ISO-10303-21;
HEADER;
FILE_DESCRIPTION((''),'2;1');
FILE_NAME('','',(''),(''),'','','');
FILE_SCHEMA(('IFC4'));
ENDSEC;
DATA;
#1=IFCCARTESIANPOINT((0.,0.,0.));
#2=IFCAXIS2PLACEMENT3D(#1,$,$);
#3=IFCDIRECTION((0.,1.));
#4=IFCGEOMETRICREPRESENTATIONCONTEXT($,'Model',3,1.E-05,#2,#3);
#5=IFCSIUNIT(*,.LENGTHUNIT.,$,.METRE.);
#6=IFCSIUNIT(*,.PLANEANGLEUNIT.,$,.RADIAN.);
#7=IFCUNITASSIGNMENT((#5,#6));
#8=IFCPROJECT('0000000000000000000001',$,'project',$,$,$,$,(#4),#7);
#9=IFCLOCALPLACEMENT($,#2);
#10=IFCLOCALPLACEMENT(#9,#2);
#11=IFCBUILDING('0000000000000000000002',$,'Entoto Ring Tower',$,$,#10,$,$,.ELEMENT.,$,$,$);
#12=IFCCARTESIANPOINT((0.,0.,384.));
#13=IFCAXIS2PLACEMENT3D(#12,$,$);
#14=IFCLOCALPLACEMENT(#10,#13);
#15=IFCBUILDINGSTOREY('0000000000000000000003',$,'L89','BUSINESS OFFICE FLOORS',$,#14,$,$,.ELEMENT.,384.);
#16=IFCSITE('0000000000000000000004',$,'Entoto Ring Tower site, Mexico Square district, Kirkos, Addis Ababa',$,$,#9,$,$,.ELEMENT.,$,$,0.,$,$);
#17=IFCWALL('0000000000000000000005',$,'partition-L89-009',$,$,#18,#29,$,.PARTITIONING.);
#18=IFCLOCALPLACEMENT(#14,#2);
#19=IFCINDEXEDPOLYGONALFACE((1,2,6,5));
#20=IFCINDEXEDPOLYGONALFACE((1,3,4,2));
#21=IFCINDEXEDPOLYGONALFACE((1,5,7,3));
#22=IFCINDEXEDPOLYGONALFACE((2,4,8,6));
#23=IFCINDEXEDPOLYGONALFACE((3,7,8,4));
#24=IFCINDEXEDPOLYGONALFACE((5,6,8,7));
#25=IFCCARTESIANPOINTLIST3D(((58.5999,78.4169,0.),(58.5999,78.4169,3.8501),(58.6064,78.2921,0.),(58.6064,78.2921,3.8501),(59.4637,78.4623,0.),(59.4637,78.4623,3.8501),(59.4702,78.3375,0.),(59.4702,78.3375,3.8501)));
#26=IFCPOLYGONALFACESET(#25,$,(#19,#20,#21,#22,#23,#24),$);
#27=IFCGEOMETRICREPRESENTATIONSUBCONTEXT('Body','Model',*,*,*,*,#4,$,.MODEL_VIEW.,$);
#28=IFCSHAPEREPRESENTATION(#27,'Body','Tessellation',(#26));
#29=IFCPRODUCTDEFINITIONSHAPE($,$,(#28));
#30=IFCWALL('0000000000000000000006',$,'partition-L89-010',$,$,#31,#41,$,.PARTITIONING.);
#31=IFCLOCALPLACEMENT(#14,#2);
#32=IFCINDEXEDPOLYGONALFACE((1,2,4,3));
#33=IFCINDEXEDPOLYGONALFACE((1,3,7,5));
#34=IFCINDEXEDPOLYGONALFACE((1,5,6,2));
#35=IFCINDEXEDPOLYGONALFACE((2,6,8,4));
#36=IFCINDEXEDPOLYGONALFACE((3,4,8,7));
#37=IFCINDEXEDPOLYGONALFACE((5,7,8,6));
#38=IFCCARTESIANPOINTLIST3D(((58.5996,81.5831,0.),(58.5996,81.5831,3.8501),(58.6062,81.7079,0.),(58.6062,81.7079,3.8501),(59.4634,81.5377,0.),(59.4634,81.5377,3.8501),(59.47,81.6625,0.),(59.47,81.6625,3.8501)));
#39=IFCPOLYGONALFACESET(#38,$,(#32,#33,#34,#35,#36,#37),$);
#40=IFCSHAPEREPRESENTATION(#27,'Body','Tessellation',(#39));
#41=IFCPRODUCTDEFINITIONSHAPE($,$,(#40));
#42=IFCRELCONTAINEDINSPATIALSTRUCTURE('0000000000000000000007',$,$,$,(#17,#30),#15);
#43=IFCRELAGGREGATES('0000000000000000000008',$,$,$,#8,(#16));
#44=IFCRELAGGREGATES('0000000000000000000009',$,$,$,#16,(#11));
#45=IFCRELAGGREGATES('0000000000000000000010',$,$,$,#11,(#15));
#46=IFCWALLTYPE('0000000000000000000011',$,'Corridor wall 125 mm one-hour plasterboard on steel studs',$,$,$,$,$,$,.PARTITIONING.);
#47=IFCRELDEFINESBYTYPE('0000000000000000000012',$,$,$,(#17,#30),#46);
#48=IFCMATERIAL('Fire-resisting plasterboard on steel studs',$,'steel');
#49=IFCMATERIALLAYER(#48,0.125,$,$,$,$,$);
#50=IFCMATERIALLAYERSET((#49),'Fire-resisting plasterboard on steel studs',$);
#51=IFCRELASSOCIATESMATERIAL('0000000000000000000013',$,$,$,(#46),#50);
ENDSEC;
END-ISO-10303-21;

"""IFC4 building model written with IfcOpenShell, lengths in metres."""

from ifc_helpers import new_model, si_unit, direction, frame, frame_2d, origin, place, context, subcontext, project, spatial, rectangle, extrude, material, layer, layer_set, type_object, element, save


model = new_model("IFC4")

# Units and contexts
model_context = context("Model", 3, precision=1e-05, world=origin(), true_north=direction((0.0, 1.0)))
body_context = subcontext(model_context, "Body", "Model", "MODEL_VIEW")
ifc_project = project(units=[si_unit("LENGTHUNIT", "METRE"), si_unit("PLANEANGLEUNIT", "RADIAN")], contexts=[model_context])

# Site, building, storey
site_placement = place(None, origin())
site = spatial("IfcSite", under=ifc_project, at=site_placement, Name="Entoto Ring Tower site, Mexico Square district, Kirkos, Addis Ababa", CompositionType="ELEMENT", RefElevation=0.0)
building_placement = place(site_placement, origin())
building = spatial("IfcBuilding", under=site, at=building_placement, Name="Entoto Ring Tower", CompositionType="ELEMENT")
storey_placement = place(building_placement, frame((0.0, 0.0, 384.0)))
storey = spatial("IfcBuildingStorey", under=building, at=storey_placement, Name="L89", Description="BUSINESS OFFICE FLOORS", CompositionType="ELEMENT", Elevation=384.0)

# Shared definitions
ifc_material_1 = material(Name="Fire-resisting plasterboard on steel studs", Category="steel")
ifc_layer_1 = layer(ifc_material_1, 0.125)
ifc_layer_set_1 = layer_set([ifc_layer_1], Name="Fire-resisting plasterboard on steel studs")
wall_type_1 = type_object("IfcWallType", Name="Corridor wall 125 mm one-hour plasterboard on steel studs", PredefinedType="PARTITIONING", material=ifc_layer_set_1)

# Walls
for number, where, z_axis, x_axis, name in (
    (1, (58.603, 78.3545, 0.0), (0.0, 0.0, 1.0), (0.998621, 0.0525, 0.0), "partition-L89-009"),
    (2, (59.4668, 81.6001, 0.0), (0.0, 0.0, 1.0), (-0.998621, 0.0525, 0.0), "partition-L89-010"),
):
    element("IfcWall", number, at=place(storey_placement, frame(where, z_axis=z_axis, x_axis=x_axis)), inside=storey, type_object=wall_type_1, Name=name, PredefinedType="PARTITIONING", context=body_context, shape_type="SweptSolid", body=[
        extrude(rectangle(XDim=0.865, YDim=0.125, at=frame_2d((0.4326, 0.0))), origin(), (0.0, 0.0, 1.0), 3.8501),
    ])

save(model, "model.ifc")
